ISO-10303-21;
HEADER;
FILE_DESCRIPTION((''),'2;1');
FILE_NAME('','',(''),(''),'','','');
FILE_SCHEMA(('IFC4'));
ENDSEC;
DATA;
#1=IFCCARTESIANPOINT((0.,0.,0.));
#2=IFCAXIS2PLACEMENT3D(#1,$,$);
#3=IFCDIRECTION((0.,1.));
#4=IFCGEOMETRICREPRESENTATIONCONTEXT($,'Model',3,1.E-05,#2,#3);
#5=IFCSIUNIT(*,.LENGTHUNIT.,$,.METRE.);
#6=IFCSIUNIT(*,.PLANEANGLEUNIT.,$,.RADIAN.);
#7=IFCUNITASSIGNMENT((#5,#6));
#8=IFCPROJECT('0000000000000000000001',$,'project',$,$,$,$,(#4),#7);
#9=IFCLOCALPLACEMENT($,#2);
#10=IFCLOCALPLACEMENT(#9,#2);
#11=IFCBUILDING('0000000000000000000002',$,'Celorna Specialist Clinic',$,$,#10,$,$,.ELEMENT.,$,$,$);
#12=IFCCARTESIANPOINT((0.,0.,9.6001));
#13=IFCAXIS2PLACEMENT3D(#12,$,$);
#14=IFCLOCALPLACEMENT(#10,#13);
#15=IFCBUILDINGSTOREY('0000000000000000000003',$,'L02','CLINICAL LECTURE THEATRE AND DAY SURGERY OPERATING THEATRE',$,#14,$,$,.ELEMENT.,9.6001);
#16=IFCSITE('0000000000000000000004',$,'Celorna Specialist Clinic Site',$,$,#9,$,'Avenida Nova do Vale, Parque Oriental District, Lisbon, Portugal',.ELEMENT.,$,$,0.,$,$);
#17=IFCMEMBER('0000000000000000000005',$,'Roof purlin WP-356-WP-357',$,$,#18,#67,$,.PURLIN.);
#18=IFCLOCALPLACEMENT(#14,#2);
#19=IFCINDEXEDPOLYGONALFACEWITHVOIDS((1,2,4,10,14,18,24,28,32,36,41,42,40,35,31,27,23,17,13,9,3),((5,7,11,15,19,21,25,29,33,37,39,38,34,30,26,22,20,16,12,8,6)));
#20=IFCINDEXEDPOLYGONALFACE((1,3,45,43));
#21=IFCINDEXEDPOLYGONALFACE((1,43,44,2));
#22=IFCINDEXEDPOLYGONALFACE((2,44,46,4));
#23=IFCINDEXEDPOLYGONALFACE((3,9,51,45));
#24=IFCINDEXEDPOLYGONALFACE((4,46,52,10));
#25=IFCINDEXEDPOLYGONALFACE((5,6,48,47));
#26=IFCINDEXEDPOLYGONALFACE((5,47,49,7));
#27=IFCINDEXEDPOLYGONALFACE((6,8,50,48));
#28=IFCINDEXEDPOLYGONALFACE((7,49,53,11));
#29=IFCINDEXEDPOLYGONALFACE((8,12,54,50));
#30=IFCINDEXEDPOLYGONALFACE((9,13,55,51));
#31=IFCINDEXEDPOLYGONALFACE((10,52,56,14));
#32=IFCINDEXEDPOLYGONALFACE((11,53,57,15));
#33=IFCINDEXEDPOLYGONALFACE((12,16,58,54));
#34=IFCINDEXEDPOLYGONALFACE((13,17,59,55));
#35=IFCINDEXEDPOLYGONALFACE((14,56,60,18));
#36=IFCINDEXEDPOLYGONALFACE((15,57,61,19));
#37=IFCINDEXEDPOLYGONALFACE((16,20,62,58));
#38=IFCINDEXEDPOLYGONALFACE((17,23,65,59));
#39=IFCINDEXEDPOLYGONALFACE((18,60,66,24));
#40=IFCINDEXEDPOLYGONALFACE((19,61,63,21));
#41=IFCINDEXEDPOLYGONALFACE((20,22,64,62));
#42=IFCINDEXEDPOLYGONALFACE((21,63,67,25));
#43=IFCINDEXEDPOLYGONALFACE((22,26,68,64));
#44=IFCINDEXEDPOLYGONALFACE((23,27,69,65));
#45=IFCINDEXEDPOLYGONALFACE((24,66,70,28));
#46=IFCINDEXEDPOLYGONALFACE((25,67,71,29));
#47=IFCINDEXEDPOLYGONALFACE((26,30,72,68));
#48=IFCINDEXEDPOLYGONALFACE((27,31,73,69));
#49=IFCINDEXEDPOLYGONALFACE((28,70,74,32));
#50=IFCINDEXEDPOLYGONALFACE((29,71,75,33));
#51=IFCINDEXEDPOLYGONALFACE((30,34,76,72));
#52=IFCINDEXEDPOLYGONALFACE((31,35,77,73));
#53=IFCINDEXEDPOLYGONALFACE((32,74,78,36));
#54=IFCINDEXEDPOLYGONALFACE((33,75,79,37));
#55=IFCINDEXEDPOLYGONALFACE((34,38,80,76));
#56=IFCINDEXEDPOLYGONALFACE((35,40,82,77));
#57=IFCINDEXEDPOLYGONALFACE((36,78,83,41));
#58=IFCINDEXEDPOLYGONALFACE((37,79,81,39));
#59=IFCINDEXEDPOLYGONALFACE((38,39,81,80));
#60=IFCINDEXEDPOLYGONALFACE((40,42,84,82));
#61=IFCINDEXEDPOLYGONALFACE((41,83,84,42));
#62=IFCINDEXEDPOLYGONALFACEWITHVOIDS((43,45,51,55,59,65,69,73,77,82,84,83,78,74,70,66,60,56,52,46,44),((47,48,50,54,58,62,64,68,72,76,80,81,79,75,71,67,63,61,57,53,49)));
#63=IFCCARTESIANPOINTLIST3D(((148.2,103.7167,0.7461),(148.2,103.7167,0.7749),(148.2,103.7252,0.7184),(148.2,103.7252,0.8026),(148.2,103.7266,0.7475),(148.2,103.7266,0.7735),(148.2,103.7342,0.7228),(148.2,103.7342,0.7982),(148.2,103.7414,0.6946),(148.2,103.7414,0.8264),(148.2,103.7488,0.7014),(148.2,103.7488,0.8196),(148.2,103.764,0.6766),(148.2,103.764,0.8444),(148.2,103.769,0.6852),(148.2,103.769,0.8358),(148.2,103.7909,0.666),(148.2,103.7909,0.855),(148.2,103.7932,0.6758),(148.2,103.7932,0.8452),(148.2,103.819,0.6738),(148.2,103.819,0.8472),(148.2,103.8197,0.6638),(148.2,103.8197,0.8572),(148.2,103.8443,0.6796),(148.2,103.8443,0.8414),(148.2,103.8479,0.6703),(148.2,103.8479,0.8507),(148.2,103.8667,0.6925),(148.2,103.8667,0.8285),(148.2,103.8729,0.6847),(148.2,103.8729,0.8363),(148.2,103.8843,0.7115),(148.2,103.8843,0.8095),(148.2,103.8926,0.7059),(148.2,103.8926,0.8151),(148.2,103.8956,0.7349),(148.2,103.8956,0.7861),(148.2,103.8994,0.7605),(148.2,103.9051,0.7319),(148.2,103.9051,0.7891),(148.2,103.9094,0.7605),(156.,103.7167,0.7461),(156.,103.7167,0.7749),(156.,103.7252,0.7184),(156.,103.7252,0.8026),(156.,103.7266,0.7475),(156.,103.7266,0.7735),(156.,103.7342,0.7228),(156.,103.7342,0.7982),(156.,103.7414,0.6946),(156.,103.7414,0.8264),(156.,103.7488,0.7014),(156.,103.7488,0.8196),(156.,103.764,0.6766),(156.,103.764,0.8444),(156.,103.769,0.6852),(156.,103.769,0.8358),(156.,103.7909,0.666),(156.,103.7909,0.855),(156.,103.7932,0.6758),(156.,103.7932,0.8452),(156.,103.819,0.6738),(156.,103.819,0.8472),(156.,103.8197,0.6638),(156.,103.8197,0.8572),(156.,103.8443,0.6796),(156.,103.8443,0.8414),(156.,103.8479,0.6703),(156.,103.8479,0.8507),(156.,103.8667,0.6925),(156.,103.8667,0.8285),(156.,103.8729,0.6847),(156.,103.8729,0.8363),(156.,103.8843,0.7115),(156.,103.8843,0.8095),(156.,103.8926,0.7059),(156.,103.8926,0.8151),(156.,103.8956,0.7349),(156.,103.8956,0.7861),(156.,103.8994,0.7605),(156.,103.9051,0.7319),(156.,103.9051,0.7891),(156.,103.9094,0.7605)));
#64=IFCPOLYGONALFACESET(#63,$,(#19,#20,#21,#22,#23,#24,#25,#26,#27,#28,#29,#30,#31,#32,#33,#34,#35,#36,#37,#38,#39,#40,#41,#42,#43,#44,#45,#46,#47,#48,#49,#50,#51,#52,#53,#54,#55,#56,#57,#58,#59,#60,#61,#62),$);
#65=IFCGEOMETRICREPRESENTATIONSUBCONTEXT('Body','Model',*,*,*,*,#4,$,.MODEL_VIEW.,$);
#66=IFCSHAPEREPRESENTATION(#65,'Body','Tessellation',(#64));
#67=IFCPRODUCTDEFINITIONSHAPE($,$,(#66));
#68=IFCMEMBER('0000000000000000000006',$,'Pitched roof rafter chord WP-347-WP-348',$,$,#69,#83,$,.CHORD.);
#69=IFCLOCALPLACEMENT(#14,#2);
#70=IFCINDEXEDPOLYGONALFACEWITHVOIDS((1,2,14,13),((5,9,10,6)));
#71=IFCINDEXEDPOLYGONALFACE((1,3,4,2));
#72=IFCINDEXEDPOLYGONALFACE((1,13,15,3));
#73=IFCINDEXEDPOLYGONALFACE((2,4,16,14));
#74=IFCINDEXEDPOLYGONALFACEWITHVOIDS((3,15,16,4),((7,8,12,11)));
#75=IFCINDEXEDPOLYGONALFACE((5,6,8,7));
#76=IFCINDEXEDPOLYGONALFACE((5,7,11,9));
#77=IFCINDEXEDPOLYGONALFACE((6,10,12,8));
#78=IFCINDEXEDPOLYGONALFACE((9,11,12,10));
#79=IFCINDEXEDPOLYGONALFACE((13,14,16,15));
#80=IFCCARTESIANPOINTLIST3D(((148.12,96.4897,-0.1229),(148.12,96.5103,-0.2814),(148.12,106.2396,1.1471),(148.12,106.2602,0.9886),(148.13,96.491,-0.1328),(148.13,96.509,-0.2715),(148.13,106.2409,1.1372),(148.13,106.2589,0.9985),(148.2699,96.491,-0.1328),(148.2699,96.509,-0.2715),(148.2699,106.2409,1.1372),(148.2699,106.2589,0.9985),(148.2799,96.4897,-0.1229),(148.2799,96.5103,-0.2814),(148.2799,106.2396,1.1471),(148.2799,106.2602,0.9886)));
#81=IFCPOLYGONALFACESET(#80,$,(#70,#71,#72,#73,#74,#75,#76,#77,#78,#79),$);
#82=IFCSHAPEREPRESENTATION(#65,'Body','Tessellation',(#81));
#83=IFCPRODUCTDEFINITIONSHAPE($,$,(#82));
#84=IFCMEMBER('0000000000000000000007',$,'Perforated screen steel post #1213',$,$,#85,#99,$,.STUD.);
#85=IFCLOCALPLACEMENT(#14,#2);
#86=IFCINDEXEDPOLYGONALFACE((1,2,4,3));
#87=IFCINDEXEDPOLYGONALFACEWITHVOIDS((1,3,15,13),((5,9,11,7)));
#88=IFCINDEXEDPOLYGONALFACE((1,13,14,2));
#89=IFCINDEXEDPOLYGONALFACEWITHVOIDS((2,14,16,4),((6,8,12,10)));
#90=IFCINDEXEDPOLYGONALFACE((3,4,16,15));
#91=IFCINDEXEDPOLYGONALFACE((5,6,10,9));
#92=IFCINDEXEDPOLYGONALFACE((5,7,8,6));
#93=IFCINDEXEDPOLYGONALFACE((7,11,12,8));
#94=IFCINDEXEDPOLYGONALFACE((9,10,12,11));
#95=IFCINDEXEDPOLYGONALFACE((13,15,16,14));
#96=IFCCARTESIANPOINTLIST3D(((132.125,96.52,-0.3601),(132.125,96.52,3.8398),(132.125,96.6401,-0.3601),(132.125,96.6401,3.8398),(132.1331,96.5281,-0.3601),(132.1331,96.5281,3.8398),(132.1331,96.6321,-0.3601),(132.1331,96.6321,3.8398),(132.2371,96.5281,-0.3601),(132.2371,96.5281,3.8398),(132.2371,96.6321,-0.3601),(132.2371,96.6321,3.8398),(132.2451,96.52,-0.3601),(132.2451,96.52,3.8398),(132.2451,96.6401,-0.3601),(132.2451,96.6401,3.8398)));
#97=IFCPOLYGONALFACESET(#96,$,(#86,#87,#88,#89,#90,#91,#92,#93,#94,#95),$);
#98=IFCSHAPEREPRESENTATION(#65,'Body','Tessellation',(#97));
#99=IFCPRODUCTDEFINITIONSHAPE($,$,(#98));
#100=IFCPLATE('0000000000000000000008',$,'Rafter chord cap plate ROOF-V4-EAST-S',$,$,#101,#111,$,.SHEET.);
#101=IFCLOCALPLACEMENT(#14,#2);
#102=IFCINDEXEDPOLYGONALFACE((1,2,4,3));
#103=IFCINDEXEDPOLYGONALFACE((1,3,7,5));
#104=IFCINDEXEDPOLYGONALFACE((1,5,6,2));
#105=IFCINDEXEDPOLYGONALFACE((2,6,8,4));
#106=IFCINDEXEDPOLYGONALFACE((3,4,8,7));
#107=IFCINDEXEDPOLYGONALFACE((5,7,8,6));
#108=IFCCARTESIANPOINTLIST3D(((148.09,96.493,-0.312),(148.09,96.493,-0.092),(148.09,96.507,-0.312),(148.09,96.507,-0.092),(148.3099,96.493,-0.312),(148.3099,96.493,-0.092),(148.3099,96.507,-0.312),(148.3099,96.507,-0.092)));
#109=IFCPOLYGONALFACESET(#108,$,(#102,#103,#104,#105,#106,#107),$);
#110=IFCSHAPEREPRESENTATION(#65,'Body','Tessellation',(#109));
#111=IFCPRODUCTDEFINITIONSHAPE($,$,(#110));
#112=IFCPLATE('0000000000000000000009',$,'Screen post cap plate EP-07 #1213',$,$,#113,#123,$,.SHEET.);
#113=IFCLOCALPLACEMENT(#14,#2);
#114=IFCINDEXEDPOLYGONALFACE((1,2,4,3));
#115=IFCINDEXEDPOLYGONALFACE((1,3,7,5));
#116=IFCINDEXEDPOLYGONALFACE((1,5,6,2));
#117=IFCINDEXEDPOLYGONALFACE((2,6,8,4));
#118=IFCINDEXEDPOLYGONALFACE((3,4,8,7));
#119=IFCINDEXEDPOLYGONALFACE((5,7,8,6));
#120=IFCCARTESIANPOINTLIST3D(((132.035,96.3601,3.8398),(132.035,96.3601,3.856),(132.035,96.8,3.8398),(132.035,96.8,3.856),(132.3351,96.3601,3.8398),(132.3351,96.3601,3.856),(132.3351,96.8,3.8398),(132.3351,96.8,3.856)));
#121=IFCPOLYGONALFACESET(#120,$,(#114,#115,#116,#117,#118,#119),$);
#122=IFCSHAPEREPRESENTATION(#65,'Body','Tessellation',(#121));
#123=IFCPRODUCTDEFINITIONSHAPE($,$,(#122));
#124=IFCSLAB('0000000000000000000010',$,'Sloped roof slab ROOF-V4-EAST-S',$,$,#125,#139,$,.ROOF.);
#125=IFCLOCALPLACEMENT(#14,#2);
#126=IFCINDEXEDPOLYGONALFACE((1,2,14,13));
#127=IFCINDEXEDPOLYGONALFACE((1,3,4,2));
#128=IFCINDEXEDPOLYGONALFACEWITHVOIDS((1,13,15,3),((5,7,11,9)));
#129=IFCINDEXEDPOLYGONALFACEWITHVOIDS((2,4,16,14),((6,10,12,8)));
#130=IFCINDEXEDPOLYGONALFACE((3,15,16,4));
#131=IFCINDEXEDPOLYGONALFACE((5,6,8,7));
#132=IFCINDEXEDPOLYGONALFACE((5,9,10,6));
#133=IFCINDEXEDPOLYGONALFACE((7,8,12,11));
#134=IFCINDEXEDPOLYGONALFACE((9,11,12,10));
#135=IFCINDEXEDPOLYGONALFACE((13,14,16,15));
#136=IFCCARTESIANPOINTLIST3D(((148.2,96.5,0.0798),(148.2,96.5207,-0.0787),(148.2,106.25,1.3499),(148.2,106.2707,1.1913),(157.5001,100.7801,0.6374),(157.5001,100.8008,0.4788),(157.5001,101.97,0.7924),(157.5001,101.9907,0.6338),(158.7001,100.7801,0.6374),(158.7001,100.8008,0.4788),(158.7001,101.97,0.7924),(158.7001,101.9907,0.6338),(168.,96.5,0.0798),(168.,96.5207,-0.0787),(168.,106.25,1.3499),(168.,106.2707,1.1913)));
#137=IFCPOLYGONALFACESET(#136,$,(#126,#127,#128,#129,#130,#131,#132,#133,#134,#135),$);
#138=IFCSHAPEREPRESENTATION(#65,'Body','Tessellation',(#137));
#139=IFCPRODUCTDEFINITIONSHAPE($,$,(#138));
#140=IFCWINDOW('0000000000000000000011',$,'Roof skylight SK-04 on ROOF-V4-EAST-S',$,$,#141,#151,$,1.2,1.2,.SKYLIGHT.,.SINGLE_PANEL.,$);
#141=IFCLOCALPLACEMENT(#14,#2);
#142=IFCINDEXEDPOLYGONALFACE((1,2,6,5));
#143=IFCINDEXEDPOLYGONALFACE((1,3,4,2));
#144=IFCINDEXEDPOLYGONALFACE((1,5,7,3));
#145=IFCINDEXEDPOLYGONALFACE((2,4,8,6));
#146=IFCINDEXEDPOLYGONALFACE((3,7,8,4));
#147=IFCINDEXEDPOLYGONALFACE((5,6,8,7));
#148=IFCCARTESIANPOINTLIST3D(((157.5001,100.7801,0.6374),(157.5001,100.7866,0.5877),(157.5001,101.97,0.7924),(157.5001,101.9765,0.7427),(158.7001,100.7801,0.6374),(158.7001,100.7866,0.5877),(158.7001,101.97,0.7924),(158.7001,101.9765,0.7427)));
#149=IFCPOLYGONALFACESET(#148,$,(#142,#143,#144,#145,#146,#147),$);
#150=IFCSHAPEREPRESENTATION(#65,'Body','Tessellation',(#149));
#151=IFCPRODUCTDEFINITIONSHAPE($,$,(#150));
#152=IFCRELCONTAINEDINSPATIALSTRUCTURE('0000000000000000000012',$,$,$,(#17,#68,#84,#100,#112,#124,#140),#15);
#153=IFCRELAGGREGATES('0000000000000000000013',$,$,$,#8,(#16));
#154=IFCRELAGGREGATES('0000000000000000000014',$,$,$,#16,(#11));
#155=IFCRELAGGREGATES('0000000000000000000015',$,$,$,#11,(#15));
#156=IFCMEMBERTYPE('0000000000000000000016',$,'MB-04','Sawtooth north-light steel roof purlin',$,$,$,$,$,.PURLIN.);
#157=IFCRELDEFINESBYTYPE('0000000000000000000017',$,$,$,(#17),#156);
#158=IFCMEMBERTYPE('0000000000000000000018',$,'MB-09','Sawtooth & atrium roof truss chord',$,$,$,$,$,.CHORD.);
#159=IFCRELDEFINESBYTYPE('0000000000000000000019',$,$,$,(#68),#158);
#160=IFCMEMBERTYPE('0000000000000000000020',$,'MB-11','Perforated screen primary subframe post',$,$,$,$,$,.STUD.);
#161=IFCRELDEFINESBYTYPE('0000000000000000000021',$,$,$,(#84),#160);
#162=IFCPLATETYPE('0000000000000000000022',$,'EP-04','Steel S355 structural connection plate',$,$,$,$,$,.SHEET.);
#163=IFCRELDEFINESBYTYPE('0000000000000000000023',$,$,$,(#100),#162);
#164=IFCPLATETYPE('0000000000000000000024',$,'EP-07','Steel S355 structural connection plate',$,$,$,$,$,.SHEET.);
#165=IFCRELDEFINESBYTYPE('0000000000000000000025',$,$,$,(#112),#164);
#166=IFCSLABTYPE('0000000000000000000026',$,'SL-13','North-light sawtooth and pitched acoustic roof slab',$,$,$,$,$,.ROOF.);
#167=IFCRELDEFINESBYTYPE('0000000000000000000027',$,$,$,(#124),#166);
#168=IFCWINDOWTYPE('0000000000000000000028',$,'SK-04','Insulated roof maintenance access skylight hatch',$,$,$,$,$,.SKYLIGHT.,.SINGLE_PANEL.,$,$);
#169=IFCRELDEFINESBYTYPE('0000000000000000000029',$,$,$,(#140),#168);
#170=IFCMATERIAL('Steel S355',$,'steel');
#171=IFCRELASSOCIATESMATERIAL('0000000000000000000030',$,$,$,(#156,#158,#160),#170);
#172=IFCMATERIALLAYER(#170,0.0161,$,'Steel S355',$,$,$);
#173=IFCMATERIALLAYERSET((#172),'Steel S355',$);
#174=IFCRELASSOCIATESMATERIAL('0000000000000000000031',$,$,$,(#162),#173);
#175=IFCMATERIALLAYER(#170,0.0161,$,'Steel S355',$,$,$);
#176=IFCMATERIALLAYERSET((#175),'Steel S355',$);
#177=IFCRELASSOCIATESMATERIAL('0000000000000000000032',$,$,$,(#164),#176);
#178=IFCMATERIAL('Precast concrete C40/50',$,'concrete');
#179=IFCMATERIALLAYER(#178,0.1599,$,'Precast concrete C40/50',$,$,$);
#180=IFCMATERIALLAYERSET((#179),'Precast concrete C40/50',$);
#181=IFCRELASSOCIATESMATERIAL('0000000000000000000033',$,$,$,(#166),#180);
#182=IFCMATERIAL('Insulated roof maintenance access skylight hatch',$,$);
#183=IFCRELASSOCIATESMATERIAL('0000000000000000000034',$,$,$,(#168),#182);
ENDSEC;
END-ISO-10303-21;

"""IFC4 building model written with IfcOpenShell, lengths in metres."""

from ifc_helpers import new_model, si_unit, direction, frame, origin, origin_2d, place, context, subcontext, project, spatial, polyline, rectangle, hollow_rectangle, hollow_circle, outline, extrude, material, layer, layer_set, material_profile, profile_set, type_object, element, fill, save


model = new_model("IFC4")

# Units and contexts
model_context = context("Model", 3, precision=1e-05, world=origin(), true_north=direction((0.0, 1.0)))
body_context = subcontext(model_context, "Body", "Model", "MODEL_VIEW")
ifc_project = project(units=[si_unit("LENGTHUNIT", "METRE"), si_unit("PLANEANGLEUNIT", "RADIAN")], contexts=[model_context])

# Site, building, storey
site_placement = place(None, origin())
site = spatial("IfcSite", under=ifc_project, at=site_placement, Name="Celorna Specialist Clinic Site", LongName="Avenida Nova do Vale, Parque Oriental District, Lisbon, Portugal", CompositionType="ELEMENT", RefElevation=0.0)
building_placement = place(site_placement, origin())
building = spatial("IfcBuilding", under=site, at=building_placement, Name="Celorna Specialist Clinic", CompositionType="ELEMENT")
storey_placement = place(building_placement, frame((0.0, 0.0, 9.6001)))
storey = spatial("IfcBuildingStorey", under=building, at=storey_placement, Name="L02", Description="CLINICAL LECTURE THEATRE AND DAY SURGERY OPERATING THEATRE", CompositionType="ELEMENT", Elevation=9.6001)

# Shared definitions
ifc_material_1 = material(Name="Steel S355", Category="steel")

# Members
ifc_material_profile_1 = material_profile(ifc_material_1, hollow_circle(Radius=0.0969, WallThickness=0.01, at=origin_2d()), Name="CHS 193.7x10")
ifc_profile_set_1 = profile_set([ifc_material_profile_1], Name="Steel S355")
member_type_1 = type_object("IfcMemberType", Name="MB-04", Description="Sawtooth north-light steel roof purlin", PredefinedType="PURLIN", material=ifc_profile_set_1)
for number, where, z_axis, x_axis, name in (
    (1, (148.2, 103.8125, 0.7605), (1.0, 0.0, 0.0), (0.0, 1.0, 0.0), "Roof purlin WP-356-WP-357"),
):
    element("IfcMember", number, at=place(storey_placement, frame(where, z_axis=z_axis, x_axis=x_axis)), inside=storey, type_object=member_type_1, Name=name, PredefinedType="PURLIN", context=body_context, shape_type="SweptSolid", body=[
        extrude(hollow_circle(Radius=0.0969, WallThickness=0.01, at=origin_2d()), origin(), (0.0, 0.0, 1.0), 7.8),
    ])
ifc_material_profile_2 = material_profile(ifc_material_1, hollow_rectangle(XDim=0.1599, YDim=0.1599, WallThickness=0.01, at=origin_2d()), Name="SHS 160x160x10")
ifc_profile_set_2 = profile_set([ifc_material_profile_2], Name="Steel S355")
member_type_2 = type_object("IfcMemberType", Name="MB-09", Description="Sawtooth & atrium roof truss chord", PredefinedType="CHORD", material=ifc_profile_set_2)
member_1_placement = place(storey_placement, frame((148.2, 96.5, -0.2021), z_axis=(0.0, 0.991623, 0.129167), x_axis=(-1.0, 0.0, 0.0)))
element("IfcMember", 2, at=member_1_placement, inside=storey, type_object=member_type_2, Name="Pitched roof rafter chord WP-347-WP-348", PredefinedType="CHORD", context=body_context, shape_type="SweptSolid", body=[
    extrude(hollow_rectangle(XDim=0.1599, YDim=0.1599, WallThickness=0.01, at=origin_2d()), origin(), (0.0, 0.0, 1.0), 9.8323),
])
ifc_material_profile_3 = material_profile(ifc_material_1, hollow_rectangle(XDim=0.1201, YDim=0.1201, WallThickness=0.0081, at=origin_2d()), Name="SHS 120x120x8")
ifc_profile_set_3 = profile_set([ifc_material_profile_3], Name="Steel S355")
member_type_3 = type_object("IfcMemberType", Name="MB-11", Description="Perforated screen primary subframe post", PredefinedType="STUD", material=ifc_profile_set_3)
member_2_placement = place(storey_placement, frame((132.1851, 96.5801, -0.3601), z_axis=(0.0, 0.0, 1.0), x_axis=(1.0, 0.0, 0.0)))
element("IfcMember", 3, at=member_2_placement, inside=storey, type_object=member_type_3, Name="Perforated screen steel post #1213", PredefinedType="STUD", context=body_context, shape_type="SweptSolid", body=[
    extrude(hollow_rectangle(XDim=0.1201, YDim=0.1201, WallThickness=0.0081, at=origin_2d()), origin(), (0.0, 0.0, 1.0), 4.2),
])

# Plates
ifc_layer_1 = layer(ifc_material_1, 0.0161, Name="Steel S355")
ifc_layer_set_1 = layer_set([ifc_layer_1], Name="Steel S355")
plate_type_1 = type_object("IfcPlateType", Name="EP-04", Description="Steel S355 structural connection plate", PredefinedType="SHEET", material=ifc_layer_set_1)
plate_1_placement = place(storey_placement, frame((148.2, 96.5, -0.312), z_axis=(0.0, 0.0, 1.0), x_axis=(1.0, 0.0, 0.0)))
element("IfcPlate", 4, at=plate_1_placement, inside=storey, type_object=plate_type_1, Name="Rafter chord cap plate ROOF-V4-EAST-S", PredefinedType="SHEET", context=body_context, shape_type="SweptSolid", body=[
    extrude(rectangle(XDim=0.22, YDim=0.0139, at=origin_2d()), origin(), (0.0, 0.0, 1.0), 0.22),
])
ifc_layer_2 = layer(ifc_material_1, 0.0161, Name="Steel S355")
ifc_layer_set_2 = layer_set([ifc_layer_2], Name="Steel S355")
plate_type_2 = type_object("IfcPlateType", Name="EP-07", Description="Steel S355 structural connection plate", PredefinedType="SHEET", material=ifc_layer_set_2)
plate_2_placement = place(storey_placement, frame((132.1851, 96.5801, 3.8398), z_axis=(0.0, 0.0, 1.0), x_axis=(1.0, 0.0, 0.0)))
element("IfcPlate", 5, at=plate_2_placement, inside=storey, type_object=plate_type_2, Name="Screen post cap plate EP-07 #1213", PredefinedType="SHEET", context=body_context, shape_type="SweptSolid", body=[
    extrude(rectangle(XDim=0.3, YDim=0.4399, at=origin_2d()), origin(), (0.0, 0.0, 1.0), 0.0161),
])

# Slab, opening, window
ifc_material_2 = material(Name="Precast concrete C40/50", Category="concrete")
ifc_layer_3 = layer(ifc_material_2, 0.1599, Name="Precast concrete C40/50")
ifc_layer_set_3 = layer_set([ifc_layer_3], Name="Precast concrete C40/50")
slab_type = type_object("IfcSlabType", Name="SL-13", Description="North-light sawtooth and pitched acoustic roof slab", PredefinedType="ROOF", material=ifc_layer_set_3)
slab_placement = place(storey_placement, frame((148.2, 96.5, 0.0798), z_axis=(0.0, -0.129167, 0.991623), x_axis=(1.0, 0.0, 0.0)))
slab = element("IfcSlab", 6, at=slab_placement, inside=storey, type_object=slab_type, Name="Sloped roof slab ROOF-V4-EAST-S", PredefinedType="ROOF", context=body_context, shape_type="SweptSolid", body=[
    extrude(outline(polyline([(0.0, 0.0), (19.8, 0.0), (19.8, 9.8324), (0.0, 9.8324), (0.0, 0.0)])), origin(), (0.0, 0.0, -1.0), 0.1599),
])
opening_1_placement = place(slab_placement, frame((9.9001, 4.9163, 0.01)))
opening_1 = element("IfcOpeningElement", 7, at=opening_1_placement, cuts=slab, PredefinedType="OPENING", context=body_context, shape_type="SweptSolid", body=[
    extrude(rectangle(XDim=1.2, YDim=1.2, at=origin_2d()), origin(), (0.0, 0.0, -1.0), 0.1799),
])
ifc_material_3 = material(Name="Insulated roof maintenance access skylight hatch")
window_type_1 = type_object("IfcWindowType", Name="SK-04", Description="Insulated roof maintenance access skylight hatch", PartitioningType="SINGLE_PANEL", PredefinedType="SKYLIGHT", material=ifc_material_3)
window_1_placement = place(opening_1_placement, frame((0.0, 0.0, -0.01)))
window_1 = element("IfcWindow", 8, at=window_1_placement, inside=storey, type_object=window_type_1, Name="Roof skylight SK-04 on ROOF-V4-EAST-S", OverallHeight=1.2, OverallWidth=1.2, PartitioningType="SINGLE_PANEL", PredefinedType="SKYLIGHT", context=body_context, shape_type="SweptSolid", body=[
    extrude(rectangle(XDim=1.2, YDim=1.2, at=origin_2d()), origin(), (0.0, 0.0, -1.0), 0.05),
])
fill(opening_1, window_1)

save(model, "model.ifc")
